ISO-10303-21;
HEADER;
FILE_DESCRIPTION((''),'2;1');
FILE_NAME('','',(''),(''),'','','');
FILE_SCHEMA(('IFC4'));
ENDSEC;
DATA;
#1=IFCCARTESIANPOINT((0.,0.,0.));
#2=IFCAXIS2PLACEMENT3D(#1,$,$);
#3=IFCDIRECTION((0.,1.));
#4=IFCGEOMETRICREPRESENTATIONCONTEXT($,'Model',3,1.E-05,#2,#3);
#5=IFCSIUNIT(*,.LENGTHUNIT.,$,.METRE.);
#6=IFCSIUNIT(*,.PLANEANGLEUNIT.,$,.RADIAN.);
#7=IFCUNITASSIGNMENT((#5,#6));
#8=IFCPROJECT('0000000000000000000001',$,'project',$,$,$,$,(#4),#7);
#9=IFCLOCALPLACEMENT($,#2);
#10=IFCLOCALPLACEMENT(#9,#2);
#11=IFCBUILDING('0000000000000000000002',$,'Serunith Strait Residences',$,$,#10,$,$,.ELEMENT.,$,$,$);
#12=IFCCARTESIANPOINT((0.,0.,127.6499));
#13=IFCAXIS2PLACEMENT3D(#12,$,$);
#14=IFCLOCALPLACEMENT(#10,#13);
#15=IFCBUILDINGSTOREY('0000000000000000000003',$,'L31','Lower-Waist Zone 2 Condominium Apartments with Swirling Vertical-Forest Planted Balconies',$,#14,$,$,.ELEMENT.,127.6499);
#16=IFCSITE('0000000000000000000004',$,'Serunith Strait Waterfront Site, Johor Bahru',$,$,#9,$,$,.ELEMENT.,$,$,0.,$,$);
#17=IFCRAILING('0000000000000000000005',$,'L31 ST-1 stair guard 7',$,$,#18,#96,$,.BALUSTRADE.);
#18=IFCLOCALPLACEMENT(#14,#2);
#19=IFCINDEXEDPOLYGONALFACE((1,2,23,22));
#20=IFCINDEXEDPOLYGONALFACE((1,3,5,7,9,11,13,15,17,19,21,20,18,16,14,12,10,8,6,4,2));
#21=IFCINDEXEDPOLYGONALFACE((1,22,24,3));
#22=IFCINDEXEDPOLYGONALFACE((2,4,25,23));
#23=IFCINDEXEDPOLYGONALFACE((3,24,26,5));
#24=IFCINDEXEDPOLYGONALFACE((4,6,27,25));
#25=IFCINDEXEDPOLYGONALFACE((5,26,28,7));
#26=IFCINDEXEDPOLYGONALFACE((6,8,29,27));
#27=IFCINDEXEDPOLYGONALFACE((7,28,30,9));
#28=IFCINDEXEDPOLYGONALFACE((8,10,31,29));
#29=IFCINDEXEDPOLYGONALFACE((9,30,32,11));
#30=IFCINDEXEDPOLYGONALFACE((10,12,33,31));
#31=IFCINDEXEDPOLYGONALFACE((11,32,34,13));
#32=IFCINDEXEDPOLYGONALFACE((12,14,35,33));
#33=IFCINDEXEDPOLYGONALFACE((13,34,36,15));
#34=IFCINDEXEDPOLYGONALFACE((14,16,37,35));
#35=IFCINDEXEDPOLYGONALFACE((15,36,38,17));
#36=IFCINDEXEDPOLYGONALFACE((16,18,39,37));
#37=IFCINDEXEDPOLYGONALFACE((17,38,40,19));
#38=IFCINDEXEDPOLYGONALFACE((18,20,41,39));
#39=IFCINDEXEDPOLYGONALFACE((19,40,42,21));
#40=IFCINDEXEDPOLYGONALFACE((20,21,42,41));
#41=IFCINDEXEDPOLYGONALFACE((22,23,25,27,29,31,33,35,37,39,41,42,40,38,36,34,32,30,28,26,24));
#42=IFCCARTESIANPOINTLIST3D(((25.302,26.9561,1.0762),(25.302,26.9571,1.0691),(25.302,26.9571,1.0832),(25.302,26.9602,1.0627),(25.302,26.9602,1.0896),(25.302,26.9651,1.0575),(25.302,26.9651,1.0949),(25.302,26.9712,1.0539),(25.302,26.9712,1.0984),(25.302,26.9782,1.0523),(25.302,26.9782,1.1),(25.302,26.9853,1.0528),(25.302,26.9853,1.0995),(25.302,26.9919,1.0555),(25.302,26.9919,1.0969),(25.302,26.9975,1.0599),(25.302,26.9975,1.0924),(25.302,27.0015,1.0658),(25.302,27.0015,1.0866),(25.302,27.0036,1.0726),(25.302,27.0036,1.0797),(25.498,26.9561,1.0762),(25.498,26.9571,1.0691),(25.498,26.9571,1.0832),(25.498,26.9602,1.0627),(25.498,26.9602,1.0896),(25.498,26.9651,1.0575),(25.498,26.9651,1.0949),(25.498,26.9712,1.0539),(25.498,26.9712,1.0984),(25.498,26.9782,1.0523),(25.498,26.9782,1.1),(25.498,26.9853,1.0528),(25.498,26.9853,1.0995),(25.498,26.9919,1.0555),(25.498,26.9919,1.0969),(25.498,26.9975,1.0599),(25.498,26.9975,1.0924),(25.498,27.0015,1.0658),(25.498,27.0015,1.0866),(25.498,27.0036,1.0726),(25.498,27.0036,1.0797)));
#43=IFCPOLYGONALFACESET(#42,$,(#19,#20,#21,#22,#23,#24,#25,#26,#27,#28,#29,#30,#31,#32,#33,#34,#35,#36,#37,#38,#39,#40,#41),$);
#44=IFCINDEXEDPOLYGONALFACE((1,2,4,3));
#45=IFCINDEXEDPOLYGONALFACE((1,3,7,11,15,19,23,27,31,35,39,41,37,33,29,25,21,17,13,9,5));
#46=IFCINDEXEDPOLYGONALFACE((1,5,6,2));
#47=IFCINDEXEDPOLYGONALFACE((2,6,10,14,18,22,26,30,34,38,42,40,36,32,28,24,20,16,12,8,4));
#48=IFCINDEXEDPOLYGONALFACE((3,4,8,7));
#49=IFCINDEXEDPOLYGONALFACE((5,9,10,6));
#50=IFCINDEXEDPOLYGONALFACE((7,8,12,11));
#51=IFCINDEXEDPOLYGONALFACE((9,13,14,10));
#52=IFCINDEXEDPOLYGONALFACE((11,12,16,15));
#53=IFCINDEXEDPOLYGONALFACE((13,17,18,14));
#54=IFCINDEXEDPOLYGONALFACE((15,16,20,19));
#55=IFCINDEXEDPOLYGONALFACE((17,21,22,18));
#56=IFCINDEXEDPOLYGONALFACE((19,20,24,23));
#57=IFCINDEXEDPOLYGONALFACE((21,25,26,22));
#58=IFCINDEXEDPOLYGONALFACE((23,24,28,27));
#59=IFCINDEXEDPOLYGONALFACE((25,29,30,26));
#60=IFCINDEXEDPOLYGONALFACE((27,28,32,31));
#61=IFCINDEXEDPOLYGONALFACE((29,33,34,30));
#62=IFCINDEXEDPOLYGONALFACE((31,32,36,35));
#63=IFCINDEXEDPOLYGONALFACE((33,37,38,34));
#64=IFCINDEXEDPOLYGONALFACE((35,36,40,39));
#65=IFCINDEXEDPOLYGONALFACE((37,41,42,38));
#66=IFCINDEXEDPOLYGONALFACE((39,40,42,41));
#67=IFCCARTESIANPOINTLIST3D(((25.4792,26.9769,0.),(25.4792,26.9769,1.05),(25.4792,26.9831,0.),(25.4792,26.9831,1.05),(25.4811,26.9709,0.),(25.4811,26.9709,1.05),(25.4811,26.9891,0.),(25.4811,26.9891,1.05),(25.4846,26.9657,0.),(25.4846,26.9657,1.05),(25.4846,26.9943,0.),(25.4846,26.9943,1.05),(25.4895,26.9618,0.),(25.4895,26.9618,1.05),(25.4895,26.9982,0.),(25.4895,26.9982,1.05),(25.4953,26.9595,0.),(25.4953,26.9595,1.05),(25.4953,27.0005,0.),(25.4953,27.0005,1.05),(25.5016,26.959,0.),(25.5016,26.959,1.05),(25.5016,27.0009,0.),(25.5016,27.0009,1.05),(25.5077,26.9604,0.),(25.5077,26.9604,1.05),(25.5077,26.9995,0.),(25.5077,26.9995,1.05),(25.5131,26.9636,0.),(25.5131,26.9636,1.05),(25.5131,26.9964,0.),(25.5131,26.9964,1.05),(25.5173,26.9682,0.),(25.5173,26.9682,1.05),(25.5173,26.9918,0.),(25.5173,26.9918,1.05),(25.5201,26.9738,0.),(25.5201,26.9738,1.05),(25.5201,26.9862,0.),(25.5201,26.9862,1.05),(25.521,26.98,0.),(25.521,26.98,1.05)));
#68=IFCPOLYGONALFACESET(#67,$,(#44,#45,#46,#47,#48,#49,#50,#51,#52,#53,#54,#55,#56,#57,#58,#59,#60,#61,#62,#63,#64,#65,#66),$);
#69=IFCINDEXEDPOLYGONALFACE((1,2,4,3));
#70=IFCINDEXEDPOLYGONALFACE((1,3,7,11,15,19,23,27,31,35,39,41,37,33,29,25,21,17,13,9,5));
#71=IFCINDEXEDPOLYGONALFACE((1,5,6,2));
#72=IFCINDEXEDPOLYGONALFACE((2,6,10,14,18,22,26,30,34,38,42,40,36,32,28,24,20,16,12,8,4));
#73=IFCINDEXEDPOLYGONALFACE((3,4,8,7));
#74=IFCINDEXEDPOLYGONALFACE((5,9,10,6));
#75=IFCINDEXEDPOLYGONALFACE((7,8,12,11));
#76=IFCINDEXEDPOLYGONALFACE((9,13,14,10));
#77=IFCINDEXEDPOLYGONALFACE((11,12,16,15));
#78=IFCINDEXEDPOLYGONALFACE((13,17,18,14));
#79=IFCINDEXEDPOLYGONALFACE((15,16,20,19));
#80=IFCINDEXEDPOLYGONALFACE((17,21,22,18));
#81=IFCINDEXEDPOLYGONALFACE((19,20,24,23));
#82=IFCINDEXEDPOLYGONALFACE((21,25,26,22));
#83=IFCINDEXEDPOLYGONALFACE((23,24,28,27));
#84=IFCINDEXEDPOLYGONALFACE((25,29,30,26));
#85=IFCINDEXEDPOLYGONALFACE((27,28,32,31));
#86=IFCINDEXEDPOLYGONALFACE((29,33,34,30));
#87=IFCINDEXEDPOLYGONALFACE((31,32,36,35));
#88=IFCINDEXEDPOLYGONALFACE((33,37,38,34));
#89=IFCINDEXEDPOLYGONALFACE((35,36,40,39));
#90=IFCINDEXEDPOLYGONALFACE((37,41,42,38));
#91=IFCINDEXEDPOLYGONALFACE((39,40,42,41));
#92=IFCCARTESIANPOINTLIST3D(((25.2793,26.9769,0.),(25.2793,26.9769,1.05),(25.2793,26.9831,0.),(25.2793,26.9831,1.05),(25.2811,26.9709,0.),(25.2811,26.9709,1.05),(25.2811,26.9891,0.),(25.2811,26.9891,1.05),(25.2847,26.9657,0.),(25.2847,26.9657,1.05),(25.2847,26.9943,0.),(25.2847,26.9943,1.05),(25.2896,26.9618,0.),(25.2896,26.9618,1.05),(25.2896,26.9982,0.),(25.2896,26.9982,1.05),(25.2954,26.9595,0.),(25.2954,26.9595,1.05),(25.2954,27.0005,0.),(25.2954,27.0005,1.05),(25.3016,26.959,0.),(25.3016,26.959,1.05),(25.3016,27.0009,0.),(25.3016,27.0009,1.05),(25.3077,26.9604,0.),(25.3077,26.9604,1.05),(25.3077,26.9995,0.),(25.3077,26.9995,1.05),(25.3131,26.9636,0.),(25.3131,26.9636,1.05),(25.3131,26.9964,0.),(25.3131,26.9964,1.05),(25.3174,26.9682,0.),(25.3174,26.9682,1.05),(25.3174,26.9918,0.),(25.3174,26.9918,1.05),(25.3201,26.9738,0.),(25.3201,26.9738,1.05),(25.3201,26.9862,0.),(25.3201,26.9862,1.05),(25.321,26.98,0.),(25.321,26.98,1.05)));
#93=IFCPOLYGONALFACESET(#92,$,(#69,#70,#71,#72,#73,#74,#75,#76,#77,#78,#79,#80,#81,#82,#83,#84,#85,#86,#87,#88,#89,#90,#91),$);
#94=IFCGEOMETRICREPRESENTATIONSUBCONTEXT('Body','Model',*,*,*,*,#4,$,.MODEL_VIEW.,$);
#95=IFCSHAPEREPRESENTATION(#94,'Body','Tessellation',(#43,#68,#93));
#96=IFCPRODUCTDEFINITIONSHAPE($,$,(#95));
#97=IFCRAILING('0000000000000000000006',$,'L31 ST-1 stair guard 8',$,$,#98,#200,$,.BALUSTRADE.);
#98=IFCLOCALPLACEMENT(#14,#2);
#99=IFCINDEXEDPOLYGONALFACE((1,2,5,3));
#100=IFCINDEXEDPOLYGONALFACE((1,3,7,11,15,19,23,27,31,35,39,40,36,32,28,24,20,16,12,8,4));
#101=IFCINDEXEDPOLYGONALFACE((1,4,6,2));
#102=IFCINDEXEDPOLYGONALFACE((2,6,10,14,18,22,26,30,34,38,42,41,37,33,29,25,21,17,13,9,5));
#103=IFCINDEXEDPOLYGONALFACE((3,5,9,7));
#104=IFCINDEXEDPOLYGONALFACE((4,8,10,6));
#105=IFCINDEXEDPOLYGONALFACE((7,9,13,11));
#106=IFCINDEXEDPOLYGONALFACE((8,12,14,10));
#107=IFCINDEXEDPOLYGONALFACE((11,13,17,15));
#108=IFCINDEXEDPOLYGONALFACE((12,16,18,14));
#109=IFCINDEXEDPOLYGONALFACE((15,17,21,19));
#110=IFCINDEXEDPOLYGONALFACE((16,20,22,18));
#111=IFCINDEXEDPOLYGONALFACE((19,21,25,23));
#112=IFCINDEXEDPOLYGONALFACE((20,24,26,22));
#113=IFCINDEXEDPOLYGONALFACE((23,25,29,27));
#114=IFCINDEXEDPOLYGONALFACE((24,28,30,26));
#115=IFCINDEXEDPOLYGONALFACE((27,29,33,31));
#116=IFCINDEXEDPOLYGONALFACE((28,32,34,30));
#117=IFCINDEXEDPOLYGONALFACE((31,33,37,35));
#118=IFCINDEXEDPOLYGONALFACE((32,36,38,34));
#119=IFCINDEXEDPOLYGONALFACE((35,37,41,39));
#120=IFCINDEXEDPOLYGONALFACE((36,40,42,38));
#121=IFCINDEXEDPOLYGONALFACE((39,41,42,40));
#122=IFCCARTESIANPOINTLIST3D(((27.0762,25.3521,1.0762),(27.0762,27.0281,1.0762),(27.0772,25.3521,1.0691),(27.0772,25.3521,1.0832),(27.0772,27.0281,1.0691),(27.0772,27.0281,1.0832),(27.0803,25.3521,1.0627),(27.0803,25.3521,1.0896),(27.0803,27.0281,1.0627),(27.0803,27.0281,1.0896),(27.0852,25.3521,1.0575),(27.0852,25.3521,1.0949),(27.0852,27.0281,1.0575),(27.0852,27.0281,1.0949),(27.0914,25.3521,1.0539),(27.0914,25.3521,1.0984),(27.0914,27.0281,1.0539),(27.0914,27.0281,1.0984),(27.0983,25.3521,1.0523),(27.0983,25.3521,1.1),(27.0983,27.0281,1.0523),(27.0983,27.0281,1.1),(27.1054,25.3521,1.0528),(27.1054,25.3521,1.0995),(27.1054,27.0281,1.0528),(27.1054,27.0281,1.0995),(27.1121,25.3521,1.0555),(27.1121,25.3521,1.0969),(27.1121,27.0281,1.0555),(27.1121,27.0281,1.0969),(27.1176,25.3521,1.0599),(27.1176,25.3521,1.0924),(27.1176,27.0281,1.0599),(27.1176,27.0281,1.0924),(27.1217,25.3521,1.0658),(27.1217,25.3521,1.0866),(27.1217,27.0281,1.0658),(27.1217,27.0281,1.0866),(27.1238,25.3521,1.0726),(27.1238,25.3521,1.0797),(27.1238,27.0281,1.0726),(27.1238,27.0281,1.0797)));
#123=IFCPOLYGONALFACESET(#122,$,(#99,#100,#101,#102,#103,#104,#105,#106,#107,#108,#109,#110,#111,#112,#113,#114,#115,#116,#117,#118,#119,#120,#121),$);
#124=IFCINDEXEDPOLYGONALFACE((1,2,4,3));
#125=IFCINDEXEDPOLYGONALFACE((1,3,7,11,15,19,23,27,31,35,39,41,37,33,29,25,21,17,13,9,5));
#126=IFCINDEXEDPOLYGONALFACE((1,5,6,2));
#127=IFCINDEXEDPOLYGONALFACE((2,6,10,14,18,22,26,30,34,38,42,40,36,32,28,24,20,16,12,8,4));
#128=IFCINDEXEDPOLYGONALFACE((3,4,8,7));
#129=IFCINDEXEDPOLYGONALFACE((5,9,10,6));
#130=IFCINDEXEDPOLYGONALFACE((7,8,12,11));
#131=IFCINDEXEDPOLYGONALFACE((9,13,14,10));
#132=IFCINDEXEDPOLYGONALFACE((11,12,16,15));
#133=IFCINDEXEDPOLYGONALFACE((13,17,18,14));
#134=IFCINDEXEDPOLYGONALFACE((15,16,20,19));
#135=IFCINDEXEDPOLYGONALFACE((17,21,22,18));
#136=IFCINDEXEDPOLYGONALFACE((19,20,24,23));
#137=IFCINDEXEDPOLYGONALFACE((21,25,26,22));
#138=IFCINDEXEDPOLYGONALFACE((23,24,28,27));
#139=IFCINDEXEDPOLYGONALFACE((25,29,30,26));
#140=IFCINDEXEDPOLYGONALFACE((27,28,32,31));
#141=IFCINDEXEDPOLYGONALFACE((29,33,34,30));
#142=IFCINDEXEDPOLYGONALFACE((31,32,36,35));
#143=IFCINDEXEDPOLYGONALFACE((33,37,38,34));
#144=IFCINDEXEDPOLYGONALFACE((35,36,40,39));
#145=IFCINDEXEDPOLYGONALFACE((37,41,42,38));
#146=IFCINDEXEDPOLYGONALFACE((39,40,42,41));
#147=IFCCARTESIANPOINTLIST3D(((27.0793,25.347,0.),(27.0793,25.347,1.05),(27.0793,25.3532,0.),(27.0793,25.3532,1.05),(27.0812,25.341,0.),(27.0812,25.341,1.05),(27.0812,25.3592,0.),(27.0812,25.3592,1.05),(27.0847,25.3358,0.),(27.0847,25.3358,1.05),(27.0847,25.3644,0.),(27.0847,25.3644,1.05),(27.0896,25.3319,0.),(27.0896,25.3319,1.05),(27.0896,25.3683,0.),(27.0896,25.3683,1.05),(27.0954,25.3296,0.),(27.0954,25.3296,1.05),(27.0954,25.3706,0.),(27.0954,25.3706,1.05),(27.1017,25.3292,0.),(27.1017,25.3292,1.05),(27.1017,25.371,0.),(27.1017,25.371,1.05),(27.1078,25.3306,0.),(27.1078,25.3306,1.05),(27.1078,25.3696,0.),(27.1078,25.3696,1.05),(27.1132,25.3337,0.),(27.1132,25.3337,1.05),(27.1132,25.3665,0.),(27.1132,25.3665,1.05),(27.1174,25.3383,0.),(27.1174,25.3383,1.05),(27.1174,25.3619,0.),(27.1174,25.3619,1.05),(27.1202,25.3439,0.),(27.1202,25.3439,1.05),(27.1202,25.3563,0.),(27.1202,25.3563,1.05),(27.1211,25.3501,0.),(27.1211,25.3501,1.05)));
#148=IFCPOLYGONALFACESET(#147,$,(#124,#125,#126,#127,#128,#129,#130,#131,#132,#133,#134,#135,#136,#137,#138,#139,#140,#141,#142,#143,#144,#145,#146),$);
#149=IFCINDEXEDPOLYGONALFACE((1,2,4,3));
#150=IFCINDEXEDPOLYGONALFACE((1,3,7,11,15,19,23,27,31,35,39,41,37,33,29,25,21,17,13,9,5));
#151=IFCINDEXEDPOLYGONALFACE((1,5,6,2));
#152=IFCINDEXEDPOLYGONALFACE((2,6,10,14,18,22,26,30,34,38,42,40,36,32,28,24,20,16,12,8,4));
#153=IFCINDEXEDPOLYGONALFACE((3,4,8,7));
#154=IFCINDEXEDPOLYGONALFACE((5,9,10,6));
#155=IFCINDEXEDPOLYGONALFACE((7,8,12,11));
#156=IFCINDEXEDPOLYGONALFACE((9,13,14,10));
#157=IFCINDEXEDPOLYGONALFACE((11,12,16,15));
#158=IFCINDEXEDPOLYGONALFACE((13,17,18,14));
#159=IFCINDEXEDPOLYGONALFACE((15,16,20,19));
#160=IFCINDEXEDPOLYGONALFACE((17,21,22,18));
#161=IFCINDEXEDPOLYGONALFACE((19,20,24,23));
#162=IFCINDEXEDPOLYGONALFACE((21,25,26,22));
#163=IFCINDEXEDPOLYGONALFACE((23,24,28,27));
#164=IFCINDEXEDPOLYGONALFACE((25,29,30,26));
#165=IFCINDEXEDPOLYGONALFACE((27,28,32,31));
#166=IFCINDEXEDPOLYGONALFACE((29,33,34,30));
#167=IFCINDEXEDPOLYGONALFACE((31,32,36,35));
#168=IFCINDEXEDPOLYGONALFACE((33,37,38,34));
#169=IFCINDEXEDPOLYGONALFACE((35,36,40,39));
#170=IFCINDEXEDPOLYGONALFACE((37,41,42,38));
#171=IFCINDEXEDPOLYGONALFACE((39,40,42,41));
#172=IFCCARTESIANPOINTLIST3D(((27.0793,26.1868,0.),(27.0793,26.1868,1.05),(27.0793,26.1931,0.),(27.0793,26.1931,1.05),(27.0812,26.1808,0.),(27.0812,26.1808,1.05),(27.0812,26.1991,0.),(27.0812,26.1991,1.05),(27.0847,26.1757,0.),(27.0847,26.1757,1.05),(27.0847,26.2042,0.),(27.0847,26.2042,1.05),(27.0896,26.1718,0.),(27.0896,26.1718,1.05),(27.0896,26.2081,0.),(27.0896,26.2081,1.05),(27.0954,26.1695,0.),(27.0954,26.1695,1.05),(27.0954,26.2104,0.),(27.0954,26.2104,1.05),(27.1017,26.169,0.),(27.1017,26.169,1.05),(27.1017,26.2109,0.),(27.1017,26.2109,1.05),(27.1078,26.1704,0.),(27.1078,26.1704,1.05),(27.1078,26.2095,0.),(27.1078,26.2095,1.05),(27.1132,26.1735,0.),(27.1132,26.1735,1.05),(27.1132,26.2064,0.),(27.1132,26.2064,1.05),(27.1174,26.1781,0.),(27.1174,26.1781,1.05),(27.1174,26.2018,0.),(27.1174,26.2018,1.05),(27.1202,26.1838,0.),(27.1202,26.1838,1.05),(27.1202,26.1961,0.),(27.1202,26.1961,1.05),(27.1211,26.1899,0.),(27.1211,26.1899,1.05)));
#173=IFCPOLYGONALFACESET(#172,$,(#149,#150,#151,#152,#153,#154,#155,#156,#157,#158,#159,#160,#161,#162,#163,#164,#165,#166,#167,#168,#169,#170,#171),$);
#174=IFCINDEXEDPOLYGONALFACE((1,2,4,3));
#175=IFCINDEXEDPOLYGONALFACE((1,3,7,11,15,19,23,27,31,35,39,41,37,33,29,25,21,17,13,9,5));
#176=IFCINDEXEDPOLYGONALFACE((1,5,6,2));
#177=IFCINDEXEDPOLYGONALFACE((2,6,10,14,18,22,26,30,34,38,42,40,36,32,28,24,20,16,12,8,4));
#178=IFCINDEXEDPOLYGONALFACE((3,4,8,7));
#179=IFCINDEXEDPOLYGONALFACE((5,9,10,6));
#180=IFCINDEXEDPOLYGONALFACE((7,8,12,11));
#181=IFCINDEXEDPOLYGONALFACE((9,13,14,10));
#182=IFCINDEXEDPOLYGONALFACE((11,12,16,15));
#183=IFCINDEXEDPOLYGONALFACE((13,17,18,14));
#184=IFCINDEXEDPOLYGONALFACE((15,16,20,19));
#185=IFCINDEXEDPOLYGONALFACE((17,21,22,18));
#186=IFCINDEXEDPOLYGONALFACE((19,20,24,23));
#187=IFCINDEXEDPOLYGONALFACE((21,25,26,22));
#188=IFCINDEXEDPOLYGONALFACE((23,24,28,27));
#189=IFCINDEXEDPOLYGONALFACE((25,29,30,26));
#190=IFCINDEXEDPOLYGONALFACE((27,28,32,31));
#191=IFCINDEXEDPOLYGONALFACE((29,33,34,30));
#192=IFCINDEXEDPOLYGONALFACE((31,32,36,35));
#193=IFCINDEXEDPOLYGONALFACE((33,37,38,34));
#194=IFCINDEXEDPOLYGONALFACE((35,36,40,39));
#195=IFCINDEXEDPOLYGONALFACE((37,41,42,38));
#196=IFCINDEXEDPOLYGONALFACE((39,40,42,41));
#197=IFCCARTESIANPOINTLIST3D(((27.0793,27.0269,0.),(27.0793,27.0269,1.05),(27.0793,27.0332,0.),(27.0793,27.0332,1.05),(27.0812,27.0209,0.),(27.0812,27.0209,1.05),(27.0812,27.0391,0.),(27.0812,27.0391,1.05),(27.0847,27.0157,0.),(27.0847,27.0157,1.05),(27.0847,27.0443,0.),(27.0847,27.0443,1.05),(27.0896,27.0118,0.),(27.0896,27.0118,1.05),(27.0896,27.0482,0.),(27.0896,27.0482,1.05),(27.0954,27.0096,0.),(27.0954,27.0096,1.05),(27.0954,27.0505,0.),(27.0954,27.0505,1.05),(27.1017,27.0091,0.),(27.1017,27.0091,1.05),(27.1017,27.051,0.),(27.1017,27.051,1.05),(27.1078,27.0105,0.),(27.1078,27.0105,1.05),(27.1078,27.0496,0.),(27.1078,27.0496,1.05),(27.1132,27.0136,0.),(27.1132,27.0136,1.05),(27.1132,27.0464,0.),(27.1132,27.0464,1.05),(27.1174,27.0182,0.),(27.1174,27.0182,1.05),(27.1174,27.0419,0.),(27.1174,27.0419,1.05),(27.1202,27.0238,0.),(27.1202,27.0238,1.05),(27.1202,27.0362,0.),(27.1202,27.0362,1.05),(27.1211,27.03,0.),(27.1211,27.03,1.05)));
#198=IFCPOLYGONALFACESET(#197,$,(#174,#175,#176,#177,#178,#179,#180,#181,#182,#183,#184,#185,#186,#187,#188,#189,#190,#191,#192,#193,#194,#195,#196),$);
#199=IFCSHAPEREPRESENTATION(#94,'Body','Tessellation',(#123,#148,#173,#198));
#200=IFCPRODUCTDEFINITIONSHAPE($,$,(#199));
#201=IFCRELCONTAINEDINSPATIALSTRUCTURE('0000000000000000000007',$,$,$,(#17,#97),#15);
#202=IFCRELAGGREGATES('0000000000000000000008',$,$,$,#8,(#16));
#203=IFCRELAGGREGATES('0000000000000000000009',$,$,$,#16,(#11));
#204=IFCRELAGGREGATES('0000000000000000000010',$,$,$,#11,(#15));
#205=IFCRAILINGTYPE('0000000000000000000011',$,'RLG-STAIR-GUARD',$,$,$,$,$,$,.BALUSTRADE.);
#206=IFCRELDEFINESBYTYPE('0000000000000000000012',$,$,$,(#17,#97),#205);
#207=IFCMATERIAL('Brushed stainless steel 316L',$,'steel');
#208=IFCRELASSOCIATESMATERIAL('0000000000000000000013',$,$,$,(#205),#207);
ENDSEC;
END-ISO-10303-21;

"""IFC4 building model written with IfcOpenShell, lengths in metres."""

from ifc_helpers import new_model, si_unit, direction, frame, origin, origin_2d, place, context, subcontext, project, spatial, circle, extrude, material, type_object, element, save


model = new_model("IFC4")

# Units and contexts
model_context = context("Model", 3, precision=1e-05, world=origin(), true_north=direction((0.0, 1.0)))
body_context = subcontext(model_context, "Body", "Model", "MODEL_VIEW")
ifc_project = project(units=[si_unit("LENGTHUNIT", "METRE"), si_unit("PLANEANGLEUNIT", "RADIAN")], contexts=[model_context])

# Site, building, storey
site_placement = place(None, origin())
site = spatial("IfcSite", under=ifc_project, at=site_placement, Name="Serunith Strait Waterfront Site, Johor Bahru", CompositionType="ELEMENT", RefElevation=0.0)
building_placement = place(site_placement, origin())
building = spatial("IfcBuilding", under=site, at=building_placement, Name="Serunith Strait Residences", CompositionType="ELEMENT")
storey_placement = place(building_placement, frame((0.0, 0.0, 127.6499)))
storey = spatial("IfcBuildingStorey", under=building, at=storey_placement, Name="L31", Description="Lower-Waist Zone 2 Condominium Apartments with Swirling Vertical-Forest Planted Balconies", CompositionType="ELEMENT", Elevation=127.6499)

# Railings
ifc_material_1 = material(Name="Brushed stainless steel 316L", Category="steel")
railing_type_1 = type_object("IfcRailingType", Name="RLG-STAIR-GUARD", PredefinedType="BALUSTRADE", material=ifc_material_1)
railing_1_placement = place(storey_placement, frame((25.5, 26.98, 0.0)))
element("IfcRailing", 1, at=railing_1_placement, inside=storey, type_object=railing_type_1, Name="L31 ST-1 stair guard 7", PredefinedType="BALUSTRADE", context=body_context, shape_type="SweptSolid", body=[
    extrude(circle(Radius=0.0239, at=origin_2d()), frame((-0.002, 0.0, 1.0762), z_axis=(-1.0, 0.0, 0.0), x_axis=(0.0, -1.0, 0.0)), (0.0, 0.0, 1.0), 0.196),
    extrude(circle(Radius=0.021, at=origin_2d()), origin(), (0.0, 0.0, 1.0), 1.05),
    extrude(circle(Radius=0.021, at=origin_2d()), frame((-0.2, 0.0, 0.0)), (0.0, 0.0, 1.0), 1.05),
])
for number, where, name in (
    (2, (27.1001, 25.3501, 0.0), "L31 ST-1 stair guard 8"),
):
    element("IfcRailing", number, at=place(storey_placement, frame(where)), inside=storey, type_object=railing_type_1, Name=name, PredefinedType="BALUSTRADE", context=body_context, shape_type="SweptSolid", body=[
        extrude(circle(Radius=0.0239, at=origin_2d()), frame((0.0, 0.002, 1.0762), z_axis=(0.0, 1.0, 0.0), x_axis=(-1.0, 0.0, 0.0)), (0.0, 0.0, 1.0), 1.676),
        extrude(circle(Radius=0.021, at=origin_2d()), origin(), (0.0, 0.0, 1.0), 1.05),
        extrude(circle(Radius=0.021, at=origin_2d()), frame((0.0, 0.8398, 0.0)), (0.0, 0.0, 1.0), 1.05),
        extrude(circle(Radius=0.021, at=origin_2d()), frame((0.0, 1.6799, 0.0)), (0.0, 0.0, 1.0), 1.05),
    ])

save(model, "model.ifc")
